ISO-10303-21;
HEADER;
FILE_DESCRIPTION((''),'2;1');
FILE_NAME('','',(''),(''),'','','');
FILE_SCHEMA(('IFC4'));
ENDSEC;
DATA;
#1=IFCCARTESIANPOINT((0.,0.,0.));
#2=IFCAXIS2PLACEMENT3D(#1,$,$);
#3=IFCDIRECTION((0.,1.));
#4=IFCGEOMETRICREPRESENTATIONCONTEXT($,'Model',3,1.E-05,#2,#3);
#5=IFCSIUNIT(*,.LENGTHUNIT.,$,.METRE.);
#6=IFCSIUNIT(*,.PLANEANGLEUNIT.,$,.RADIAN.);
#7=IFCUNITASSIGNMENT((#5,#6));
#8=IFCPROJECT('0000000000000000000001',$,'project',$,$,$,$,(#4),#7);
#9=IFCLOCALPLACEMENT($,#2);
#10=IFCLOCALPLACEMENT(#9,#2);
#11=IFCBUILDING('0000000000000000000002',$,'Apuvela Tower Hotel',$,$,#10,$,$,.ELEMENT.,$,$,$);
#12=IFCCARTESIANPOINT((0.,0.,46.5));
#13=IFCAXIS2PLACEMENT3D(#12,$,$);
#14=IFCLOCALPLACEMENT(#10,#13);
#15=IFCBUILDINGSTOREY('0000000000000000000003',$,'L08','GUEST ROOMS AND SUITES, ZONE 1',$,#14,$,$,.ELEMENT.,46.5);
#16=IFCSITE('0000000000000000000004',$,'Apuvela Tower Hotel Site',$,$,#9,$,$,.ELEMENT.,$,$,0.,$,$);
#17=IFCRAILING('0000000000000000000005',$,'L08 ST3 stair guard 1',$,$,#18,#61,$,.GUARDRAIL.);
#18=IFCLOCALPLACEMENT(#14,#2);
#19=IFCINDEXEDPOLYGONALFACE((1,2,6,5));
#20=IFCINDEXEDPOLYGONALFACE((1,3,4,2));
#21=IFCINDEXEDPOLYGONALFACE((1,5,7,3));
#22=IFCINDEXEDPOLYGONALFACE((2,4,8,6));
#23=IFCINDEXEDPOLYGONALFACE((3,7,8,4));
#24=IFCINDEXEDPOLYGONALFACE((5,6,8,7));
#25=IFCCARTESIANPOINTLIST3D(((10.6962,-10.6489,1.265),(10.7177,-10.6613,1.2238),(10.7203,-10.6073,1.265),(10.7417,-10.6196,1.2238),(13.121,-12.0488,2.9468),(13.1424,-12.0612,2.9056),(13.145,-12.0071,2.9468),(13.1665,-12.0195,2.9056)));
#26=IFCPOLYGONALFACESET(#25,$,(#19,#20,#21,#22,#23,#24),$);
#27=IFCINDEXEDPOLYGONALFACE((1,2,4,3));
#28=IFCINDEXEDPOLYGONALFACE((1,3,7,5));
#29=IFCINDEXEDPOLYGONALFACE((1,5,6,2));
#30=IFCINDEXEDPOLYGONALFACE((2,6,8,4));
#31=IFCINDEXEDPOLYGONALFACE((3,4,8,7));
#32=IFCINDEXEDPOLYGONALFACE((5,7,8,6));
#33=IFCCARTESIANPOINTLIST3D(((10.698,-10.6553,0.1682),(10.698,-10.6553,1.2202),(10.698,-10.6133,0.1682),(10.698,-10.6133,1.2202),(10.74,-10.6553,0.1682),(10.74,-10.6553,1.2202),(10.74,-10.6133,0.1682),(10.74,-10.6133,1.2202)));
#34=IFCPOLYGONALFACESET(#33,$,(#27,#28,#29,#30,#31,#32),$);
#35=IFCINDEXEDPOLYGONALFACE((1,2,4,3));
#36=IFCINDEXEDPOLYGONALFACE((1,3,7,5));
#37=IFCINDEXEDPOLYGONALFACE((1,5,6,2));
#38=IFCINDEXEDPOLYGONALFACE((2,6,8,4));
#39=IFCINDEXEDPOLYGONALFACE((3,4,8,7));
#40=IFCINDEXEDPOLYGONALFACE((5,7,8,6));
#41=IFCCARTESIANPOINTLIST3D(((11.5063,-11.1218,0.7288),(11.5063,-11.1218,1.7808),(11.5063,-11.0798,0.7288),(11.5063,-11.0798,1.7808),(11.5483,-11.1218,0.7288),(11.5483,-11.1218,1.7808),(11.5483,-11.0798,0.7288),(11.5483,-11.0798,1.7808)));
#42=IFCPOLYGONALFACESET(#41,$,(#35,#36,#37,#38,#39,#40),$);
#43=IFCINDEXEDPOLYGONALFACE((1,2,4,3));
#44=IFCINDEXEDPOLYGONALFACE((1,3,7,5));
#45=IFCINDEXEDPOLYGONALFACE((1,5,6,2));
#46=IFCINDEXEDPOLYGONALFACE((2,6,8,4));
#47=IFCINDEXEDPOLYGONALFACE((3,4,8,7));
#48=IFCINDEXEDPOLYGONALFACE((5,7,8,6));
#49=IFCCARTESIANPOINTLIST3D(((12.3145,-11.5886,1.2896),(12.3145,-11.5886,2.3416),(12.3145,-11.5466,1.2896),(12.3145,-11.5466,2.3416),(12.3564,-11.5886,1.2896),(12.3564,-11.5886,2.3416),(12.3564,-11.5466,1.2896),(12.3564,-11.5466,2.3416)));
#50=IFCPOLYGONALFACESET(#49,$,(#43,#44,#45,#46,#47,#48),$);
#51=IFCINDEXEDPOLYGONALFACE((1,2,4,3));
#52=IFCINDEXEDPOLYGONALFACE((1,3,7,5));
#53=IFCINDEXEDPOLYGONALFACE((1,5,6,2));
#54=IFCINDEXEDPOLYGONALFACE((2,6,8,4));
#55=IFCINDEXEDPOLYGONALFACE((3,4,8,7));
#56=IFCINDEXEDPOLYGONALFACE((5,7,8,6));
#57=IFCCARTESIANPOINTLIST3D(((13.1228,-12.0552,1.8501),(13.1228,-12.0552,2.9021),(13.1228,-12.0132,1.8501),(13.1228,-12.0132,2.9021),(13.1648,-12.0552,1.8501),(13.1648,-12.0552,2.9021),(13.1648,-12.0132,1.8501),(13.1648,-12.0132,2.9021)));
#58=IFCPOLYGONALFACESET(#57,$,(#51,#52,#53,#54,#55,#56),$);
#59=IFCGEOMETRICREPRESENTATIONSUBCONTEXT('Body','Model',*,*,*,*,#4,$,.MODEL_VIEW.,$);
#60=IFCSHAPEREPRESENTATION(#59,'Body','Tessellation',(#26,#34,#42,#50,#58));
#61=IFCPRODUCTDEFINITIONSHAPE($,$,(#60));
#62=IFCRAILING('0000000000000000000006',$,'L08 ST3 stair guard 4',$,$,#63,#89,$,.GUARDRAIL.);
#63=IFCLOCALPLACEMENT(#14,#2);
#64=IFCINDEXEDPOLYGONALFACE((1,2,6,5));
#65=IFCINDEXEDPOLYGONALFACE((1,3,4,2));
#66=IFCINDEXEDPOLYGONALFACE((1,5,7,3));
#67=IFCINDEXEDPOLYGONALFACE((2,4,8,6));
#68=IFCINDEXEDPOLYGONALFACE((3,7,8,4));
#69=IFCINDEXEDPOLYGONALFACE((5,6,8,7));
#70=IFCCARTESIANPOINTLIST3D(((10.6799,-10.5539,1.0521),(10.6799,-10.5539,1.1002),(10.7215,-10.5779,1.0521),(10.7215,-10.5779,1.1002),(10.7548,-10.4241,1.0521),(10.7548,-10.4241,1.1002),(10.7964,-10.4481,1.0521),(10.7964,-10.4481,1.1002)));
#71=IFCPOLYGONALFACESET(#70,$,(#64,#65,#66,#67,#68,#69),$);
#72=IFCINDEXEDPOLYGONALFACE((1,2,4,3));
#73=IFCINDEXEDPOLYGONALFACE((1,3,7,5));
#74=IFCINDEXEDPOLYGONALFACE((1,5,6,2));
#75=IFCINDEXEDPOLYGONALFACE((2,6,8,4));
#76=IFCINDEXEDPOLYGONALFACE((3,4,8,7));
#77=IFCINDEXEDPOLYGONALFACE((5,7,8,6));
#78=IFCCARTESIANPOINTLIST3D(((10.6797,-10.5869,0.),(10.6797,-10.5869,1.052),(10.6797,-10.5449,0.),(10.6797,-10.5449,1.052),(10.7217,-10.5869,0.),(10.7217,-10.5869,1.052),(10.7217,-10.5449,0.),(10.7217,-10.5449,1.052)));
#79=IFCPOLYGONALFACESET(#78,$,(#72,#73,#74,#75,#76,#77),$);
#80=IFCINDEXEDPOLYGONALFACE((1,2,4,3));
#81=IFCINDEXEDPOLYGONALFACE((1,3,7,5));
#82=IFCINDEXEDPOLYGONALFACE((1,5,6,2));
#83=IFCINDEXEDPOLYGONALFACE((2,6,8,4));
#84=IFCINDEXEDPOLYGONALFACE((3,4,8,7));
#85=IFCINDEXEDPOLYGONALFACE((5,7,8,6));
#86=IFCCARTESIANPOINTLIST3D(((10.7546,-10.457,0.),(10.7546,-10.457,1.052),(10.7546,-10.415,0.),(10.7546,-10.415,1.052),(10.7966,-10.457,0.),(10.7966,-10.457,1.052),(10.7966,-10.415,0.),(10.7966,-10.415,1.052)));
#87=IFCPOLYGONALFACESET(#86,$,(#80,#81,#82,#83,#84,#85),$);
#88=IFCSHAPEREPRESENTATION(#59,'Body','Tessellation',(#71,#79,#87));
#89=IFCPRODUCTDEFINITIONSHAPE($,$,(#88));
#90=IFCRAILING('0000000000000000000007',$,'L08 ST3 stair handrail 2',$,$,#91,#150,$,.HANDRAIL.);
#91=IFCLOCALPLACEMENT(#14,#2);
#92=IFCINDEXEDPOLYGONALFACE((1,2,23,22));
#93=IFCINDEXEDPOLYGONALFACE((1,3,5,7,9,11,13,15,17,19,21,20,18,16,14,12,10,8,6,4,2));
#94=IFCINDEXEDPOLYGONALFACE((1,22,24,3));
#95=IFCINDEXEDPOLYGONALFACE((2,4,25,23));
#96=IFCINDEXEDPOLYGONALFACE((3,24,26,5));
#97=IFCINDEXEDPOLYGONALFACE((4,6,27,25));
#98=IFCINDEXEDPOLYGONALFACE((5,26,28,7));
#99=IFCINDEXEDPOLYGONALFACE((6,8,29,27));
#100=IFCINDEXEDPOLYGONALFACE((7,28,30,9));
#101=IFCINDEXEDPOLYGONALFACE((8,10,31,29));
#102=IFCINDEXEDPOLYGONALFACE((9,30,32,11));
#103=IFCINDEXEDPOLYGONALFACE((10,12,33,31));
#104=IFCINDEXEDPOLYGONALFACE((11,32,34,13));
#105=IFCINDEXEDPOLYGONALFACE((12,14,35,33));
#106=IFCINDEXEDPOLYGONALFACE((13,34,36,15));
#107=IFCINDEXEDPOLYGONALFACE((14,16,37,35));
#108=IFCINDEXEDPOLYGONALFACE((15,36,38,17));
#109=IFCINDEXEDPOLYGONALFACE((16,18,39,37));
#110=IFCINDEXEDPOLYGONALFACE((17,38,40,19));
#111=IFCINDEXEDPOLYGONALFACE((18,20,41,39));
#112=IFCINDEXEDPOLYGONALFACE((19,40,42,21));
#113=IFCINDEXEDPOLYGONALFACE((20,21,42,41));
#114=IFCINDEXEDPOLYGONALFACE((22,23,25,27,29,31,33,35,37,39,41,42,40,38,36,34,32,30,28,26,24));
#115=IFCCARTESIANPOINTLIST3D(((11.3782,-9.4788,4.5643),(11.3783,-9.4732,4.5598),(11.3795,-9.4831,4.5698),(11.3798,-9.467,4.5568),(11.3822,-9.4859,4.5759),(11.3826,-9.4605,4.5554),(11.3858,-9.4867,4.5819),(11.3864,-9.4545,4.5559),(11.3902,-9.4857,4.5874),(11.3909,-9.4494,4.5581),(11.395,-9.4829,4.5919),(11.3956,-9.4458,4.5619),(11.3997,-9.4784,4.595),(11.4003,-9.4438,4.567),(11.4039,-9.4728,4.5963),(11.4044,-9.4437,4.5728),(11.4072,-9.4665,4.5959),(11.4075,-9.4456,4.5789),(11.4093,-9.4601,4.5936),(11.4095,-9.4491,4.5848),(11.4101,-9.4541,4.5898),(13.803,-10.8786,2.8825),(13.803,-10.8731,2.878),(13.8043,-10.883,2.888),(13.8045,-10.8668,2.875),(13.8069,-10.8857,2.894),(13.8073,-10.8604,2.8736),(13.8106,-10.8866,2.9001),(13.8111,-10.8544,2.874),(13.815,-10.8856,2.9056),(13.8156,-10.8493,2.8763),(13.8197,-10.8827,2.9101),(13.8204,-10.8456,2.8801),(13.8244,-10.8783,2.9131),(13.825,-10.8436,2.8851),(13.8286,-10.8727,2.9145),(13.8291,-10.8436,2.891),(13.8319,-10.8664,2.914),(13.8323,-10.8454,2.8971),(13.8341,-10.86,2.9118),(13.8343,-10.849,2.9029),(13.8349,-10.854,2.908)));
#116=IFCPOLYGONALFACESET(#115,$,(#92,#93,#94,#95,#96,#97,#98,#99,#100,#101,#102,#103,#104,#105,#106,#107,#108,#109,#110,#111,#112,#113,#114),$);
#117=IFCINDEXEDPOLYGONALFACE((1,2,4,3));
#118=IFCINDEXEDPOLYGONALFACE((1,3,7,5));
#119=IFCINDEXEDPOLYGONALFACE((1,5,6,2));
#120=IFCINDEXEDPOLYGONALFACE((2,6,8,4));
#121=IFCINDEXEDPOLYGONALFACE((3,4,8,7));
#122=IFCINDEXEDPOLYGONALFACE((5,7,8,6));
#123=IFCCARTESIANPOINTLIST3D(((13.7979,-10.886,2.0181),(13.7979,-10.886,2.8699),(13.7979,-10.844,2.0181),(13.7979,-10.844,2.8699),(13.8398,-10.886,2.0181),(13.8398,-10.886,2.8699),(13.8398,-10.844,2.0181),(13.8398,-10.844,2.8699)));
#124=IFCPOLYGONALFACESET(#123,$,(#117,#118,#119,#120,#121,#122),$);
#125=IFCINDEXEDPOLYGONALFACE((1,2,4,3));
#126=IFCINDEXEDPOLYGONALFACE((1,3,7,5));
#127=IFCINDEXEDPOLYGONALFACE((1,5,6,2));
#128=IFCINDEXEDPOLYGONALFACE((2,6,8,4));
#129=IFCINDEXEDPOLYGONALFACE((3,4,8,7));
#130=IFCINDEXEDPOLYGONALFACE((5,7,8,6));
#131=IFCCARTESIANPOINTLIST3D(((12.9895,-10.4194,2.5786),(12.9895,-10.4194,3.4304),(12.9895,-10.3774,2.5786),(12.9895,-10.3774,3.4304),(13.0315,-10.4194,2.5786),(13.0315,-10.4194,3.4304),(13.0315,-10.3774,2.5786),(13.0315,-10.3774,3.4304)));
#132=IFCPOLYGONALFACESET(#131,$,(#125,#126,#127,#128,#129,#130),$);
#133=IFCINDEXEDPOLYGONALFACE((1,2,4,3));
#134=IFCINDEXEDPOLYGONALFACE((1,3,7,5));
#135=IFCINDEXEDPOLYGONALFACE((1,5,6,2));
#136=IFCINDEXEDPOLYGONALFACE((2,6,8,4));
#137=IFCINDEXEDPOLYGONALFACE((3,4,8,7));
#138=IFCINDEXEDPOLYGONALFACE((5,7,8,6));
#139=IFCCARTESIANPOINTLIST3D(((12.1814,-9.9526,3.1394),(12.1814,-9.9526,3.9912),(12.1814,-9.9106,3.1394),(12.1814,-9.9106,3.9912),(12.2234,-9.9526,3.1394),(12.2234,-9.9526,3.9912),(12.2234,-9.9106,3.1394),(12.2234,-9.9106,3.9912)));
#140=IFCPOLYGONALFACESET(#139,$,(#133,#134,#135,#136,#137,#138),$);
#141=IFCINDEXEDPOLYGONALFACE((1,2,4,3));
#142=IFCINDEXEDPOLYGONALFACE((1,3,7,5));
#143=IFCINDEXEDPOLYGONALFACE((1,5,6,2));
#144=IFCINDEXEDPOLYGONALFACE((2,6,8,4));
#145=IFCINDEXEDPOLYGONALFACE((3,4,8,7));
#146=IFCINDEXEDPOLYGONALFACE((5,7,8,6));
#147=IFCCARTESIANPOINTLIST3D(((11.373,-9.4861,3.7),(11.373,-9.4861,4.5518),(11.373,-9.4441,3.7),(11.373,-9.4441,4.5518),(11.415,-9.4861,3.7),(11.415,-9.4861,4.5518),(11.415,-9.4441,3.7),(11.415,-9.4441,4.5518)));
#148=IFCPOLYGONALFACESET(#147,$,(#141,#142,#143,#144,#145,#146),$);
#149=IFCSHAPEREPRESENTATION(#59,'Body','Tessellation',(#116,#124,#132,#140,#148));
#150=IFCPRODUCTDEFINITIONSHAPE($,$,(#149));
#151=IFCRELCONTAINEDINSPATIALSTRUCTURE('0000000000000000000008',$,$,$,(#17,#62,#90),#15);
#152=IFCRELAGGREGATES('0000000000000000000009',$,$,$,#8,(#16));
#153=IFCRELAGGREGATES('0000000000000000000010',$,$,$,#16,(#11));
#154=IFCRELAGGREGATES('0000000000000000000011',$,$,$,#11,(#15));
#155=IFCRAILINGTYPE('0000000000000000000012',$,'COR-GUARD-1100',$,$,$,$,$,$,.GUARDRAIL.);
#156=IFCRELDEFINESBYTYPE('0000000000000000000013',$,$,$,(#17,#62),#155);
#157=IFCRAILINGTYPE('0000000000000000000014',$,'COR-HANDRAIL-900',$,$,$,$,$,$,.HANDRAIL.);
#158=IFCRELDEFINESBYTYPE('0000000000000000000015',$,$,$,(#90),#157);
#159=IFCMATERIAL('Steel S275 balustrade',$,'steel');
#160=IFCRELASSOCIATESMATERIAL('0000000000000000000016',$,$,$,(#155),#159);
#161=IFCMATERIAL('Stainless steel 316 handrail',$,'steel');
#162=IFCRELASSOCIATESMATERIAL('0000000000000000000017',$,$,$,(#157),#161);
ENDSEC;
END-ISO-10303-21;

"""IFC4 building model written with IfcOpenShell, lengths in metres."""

from ifc_helpers import new_model, si_unit, direction, frame, origin, origin_2d, place, context, subcontext, project, spatial, rectangle, circle, extrude, material, type_object, element, save


model = new_model("IFC4")

# Units and contexts
model_context = context("Model", 3, precision=1e-05, world=origin(), true_north=direction((0.0, 1.0)))
body_context = subcontext(model_context, "Body", "Model", "MODEL_VIEW")
ifc_project = project(units=[si_unit("LENGTHUNIT", "METRE"), si_unit("PLANEANGLEUNIT", "RADIAN")], contexts=[model_context])

# Site, building, storey
site_placement = place(None, origin())
site = spatial("IfcSite", under=ifc_project, at=site_placement, Name="Apuvela Tower Hotel Site", CompositionType="ELEMENT", RefElevation=0.0)
building_placement = place(site_placement, origin())
building = spatial("IfcBuilding", under=site, at=building_placement, Name="Apuvela Tower Hotel", CompositionType="ELEMENT")
storey_placement = place(building_placement, frame((0.0, 0.0, 46.5)))
storey = spatial("IfcBuildingStorey", under=building, at=storey_placement, Name="L08", Description="GUEST ROOMS AND SUITES, ZONE 1", CompositionType="ELEMENT", Elevation=46.5)

# Railings
ifc_material_1 = material(Name="Steel S275 balustrade", Category="steel")
railing_type_1 = type_object("IfcRailingType", Name="COR-GUARD-1100", PredefinedType="GUARDRAIL", material=ifc_material_1)
railing_1_placement = place(storey_placement, frame((10.719, -10.6343, 0.1682)))
element("IfcRailing", 1, at=railing_1_placement, inside=storey, type_object=railing_type_1, Name="L08 ST3 stair guard 1", PredefinedType="GUARDRAIL", context=body_context, shape_type="SweptSolid", body=[
    extrude(rectangle(XDim=0.0481, YDim=0.0481, at=origin_2d()), frame((0.0, 0.0, 1.0762), z_axis=(0.74239, -0.428601, 0.514934), x_axis=(0.499984, 0.866035, 0.0)), (0.0, 0.0, 1.0), 3.2661),
    extrude(rectangle(XDim=0.042, YDim=0.042, at=origin_2d()), origin(), (0.0, 0.0, 1.0), 1.052),
    extrude(rectangle(XDim=0.042, YDim=0.042, at=origin_2d()), frame((0.8083, -0.4666, 0.5605)), (0.0, 0.0, 1.0), 1.052),
    extrude(rectangle(XDim=0.042, YDim=0.042, at=origin_2d()), frame((1.6165, -0.9333, 1.1213)), (0.0, 0.0, 1.0), 1.052),
    extrude(rectangle(XDim=0.042, YDim=0.042, at=origin_2d()), frame((2.4248, -1.3999, 1.6819)), (0.0, 0.0, 1.0), 1.052),
])
railing_2_placement = place(storey_placement, frame((10.7007, -10.5659, 0.0)))
element("IfcRailing", 2, at=railing_2_placement, inside=storey, type_object=railing_type_1, Name="L08 ST3 stair guard 4", PredefinedType="GUARDRAIL", context=body_context, shape_type="SweptSolid", body=[
    extrude(rectangle(XDim=0.0481, YDim=0.0481, at=origin_2d()), frame((0.0, 0.0, 1.0762), z_axis=(0.499816, 0.866131, 0.0), x_axis=(-0.866131, 0.499816, 0.0)), (0.0, 0.0, 1.0), 0.1499),
    extrude(rectangle(XDim=0.042, YDim=0.042, at=origin_2d()), origin(), (0.0, 0.0, 1.0), 1.052),
    extrude(rectangle(XDim=0.042, YDim=0.042, at=origin_2d()), frame((0.075, 0.1299, 0.0)), (0.0, 0.0, 1.0), 1.052),
])
ifc_material_2 = material(Name="Stainless steel 316 handrail", Category="steel")
railing_type_2 = type_object("IfcRailingType", Name="COR-HANDRAIL-900", PredefinedType="HANDRAIL", material=ifc_material_2)
railing_3_placement = place(storey_placement, frame((13.8188, -10.865, 2.0181)))
element("IfcRailing", 3, at=railing_3_placement, inside=storey, type_object=railing_type_2, Name="L08 ST3 stair handrail 2", PredefinedType="HANDRAIL", context=body_context, shape_type="SweptSolid", body=[
    extrude(circle(Radius=0.0239, at=origin_2d()), frame((0.0, 0.0, 0.876), z_axis=(-0.74239, 0.428601, 0.514934), x_axis=(-0.499984, -0.866035, 0.0)), (0.0, 0.0, 1.0), 3.2661),
    extrude(rectangle(XDim=0.042, YDim=0.042, at=origin_2d()), origin(), (0.0, 0.0, 1.0), 0.8518),
    extrude(rectangle(XDim=0.042, YDim=0.042, at=origin_2d()), frame((-0.8083, 0.4666, 0.5605)), (0.0, 0.0, 1.0), 0.8518),
    extrude(rectangle(XDim=0.042, YDim=0.042, at=origin_2d()), frame((-1.6165, 0.9333, 1.1213)), (0.0, 0.0, 1.0), 0.8518),
    extrude(rectangle(XDim=0.042, YDim=0.042, at=origin_2d()), frame((-2.4248, 1.3999, 1.6819)), (0.0, 0.0, 1.0), 0.8518),
])

save(model, "model.ifc")
